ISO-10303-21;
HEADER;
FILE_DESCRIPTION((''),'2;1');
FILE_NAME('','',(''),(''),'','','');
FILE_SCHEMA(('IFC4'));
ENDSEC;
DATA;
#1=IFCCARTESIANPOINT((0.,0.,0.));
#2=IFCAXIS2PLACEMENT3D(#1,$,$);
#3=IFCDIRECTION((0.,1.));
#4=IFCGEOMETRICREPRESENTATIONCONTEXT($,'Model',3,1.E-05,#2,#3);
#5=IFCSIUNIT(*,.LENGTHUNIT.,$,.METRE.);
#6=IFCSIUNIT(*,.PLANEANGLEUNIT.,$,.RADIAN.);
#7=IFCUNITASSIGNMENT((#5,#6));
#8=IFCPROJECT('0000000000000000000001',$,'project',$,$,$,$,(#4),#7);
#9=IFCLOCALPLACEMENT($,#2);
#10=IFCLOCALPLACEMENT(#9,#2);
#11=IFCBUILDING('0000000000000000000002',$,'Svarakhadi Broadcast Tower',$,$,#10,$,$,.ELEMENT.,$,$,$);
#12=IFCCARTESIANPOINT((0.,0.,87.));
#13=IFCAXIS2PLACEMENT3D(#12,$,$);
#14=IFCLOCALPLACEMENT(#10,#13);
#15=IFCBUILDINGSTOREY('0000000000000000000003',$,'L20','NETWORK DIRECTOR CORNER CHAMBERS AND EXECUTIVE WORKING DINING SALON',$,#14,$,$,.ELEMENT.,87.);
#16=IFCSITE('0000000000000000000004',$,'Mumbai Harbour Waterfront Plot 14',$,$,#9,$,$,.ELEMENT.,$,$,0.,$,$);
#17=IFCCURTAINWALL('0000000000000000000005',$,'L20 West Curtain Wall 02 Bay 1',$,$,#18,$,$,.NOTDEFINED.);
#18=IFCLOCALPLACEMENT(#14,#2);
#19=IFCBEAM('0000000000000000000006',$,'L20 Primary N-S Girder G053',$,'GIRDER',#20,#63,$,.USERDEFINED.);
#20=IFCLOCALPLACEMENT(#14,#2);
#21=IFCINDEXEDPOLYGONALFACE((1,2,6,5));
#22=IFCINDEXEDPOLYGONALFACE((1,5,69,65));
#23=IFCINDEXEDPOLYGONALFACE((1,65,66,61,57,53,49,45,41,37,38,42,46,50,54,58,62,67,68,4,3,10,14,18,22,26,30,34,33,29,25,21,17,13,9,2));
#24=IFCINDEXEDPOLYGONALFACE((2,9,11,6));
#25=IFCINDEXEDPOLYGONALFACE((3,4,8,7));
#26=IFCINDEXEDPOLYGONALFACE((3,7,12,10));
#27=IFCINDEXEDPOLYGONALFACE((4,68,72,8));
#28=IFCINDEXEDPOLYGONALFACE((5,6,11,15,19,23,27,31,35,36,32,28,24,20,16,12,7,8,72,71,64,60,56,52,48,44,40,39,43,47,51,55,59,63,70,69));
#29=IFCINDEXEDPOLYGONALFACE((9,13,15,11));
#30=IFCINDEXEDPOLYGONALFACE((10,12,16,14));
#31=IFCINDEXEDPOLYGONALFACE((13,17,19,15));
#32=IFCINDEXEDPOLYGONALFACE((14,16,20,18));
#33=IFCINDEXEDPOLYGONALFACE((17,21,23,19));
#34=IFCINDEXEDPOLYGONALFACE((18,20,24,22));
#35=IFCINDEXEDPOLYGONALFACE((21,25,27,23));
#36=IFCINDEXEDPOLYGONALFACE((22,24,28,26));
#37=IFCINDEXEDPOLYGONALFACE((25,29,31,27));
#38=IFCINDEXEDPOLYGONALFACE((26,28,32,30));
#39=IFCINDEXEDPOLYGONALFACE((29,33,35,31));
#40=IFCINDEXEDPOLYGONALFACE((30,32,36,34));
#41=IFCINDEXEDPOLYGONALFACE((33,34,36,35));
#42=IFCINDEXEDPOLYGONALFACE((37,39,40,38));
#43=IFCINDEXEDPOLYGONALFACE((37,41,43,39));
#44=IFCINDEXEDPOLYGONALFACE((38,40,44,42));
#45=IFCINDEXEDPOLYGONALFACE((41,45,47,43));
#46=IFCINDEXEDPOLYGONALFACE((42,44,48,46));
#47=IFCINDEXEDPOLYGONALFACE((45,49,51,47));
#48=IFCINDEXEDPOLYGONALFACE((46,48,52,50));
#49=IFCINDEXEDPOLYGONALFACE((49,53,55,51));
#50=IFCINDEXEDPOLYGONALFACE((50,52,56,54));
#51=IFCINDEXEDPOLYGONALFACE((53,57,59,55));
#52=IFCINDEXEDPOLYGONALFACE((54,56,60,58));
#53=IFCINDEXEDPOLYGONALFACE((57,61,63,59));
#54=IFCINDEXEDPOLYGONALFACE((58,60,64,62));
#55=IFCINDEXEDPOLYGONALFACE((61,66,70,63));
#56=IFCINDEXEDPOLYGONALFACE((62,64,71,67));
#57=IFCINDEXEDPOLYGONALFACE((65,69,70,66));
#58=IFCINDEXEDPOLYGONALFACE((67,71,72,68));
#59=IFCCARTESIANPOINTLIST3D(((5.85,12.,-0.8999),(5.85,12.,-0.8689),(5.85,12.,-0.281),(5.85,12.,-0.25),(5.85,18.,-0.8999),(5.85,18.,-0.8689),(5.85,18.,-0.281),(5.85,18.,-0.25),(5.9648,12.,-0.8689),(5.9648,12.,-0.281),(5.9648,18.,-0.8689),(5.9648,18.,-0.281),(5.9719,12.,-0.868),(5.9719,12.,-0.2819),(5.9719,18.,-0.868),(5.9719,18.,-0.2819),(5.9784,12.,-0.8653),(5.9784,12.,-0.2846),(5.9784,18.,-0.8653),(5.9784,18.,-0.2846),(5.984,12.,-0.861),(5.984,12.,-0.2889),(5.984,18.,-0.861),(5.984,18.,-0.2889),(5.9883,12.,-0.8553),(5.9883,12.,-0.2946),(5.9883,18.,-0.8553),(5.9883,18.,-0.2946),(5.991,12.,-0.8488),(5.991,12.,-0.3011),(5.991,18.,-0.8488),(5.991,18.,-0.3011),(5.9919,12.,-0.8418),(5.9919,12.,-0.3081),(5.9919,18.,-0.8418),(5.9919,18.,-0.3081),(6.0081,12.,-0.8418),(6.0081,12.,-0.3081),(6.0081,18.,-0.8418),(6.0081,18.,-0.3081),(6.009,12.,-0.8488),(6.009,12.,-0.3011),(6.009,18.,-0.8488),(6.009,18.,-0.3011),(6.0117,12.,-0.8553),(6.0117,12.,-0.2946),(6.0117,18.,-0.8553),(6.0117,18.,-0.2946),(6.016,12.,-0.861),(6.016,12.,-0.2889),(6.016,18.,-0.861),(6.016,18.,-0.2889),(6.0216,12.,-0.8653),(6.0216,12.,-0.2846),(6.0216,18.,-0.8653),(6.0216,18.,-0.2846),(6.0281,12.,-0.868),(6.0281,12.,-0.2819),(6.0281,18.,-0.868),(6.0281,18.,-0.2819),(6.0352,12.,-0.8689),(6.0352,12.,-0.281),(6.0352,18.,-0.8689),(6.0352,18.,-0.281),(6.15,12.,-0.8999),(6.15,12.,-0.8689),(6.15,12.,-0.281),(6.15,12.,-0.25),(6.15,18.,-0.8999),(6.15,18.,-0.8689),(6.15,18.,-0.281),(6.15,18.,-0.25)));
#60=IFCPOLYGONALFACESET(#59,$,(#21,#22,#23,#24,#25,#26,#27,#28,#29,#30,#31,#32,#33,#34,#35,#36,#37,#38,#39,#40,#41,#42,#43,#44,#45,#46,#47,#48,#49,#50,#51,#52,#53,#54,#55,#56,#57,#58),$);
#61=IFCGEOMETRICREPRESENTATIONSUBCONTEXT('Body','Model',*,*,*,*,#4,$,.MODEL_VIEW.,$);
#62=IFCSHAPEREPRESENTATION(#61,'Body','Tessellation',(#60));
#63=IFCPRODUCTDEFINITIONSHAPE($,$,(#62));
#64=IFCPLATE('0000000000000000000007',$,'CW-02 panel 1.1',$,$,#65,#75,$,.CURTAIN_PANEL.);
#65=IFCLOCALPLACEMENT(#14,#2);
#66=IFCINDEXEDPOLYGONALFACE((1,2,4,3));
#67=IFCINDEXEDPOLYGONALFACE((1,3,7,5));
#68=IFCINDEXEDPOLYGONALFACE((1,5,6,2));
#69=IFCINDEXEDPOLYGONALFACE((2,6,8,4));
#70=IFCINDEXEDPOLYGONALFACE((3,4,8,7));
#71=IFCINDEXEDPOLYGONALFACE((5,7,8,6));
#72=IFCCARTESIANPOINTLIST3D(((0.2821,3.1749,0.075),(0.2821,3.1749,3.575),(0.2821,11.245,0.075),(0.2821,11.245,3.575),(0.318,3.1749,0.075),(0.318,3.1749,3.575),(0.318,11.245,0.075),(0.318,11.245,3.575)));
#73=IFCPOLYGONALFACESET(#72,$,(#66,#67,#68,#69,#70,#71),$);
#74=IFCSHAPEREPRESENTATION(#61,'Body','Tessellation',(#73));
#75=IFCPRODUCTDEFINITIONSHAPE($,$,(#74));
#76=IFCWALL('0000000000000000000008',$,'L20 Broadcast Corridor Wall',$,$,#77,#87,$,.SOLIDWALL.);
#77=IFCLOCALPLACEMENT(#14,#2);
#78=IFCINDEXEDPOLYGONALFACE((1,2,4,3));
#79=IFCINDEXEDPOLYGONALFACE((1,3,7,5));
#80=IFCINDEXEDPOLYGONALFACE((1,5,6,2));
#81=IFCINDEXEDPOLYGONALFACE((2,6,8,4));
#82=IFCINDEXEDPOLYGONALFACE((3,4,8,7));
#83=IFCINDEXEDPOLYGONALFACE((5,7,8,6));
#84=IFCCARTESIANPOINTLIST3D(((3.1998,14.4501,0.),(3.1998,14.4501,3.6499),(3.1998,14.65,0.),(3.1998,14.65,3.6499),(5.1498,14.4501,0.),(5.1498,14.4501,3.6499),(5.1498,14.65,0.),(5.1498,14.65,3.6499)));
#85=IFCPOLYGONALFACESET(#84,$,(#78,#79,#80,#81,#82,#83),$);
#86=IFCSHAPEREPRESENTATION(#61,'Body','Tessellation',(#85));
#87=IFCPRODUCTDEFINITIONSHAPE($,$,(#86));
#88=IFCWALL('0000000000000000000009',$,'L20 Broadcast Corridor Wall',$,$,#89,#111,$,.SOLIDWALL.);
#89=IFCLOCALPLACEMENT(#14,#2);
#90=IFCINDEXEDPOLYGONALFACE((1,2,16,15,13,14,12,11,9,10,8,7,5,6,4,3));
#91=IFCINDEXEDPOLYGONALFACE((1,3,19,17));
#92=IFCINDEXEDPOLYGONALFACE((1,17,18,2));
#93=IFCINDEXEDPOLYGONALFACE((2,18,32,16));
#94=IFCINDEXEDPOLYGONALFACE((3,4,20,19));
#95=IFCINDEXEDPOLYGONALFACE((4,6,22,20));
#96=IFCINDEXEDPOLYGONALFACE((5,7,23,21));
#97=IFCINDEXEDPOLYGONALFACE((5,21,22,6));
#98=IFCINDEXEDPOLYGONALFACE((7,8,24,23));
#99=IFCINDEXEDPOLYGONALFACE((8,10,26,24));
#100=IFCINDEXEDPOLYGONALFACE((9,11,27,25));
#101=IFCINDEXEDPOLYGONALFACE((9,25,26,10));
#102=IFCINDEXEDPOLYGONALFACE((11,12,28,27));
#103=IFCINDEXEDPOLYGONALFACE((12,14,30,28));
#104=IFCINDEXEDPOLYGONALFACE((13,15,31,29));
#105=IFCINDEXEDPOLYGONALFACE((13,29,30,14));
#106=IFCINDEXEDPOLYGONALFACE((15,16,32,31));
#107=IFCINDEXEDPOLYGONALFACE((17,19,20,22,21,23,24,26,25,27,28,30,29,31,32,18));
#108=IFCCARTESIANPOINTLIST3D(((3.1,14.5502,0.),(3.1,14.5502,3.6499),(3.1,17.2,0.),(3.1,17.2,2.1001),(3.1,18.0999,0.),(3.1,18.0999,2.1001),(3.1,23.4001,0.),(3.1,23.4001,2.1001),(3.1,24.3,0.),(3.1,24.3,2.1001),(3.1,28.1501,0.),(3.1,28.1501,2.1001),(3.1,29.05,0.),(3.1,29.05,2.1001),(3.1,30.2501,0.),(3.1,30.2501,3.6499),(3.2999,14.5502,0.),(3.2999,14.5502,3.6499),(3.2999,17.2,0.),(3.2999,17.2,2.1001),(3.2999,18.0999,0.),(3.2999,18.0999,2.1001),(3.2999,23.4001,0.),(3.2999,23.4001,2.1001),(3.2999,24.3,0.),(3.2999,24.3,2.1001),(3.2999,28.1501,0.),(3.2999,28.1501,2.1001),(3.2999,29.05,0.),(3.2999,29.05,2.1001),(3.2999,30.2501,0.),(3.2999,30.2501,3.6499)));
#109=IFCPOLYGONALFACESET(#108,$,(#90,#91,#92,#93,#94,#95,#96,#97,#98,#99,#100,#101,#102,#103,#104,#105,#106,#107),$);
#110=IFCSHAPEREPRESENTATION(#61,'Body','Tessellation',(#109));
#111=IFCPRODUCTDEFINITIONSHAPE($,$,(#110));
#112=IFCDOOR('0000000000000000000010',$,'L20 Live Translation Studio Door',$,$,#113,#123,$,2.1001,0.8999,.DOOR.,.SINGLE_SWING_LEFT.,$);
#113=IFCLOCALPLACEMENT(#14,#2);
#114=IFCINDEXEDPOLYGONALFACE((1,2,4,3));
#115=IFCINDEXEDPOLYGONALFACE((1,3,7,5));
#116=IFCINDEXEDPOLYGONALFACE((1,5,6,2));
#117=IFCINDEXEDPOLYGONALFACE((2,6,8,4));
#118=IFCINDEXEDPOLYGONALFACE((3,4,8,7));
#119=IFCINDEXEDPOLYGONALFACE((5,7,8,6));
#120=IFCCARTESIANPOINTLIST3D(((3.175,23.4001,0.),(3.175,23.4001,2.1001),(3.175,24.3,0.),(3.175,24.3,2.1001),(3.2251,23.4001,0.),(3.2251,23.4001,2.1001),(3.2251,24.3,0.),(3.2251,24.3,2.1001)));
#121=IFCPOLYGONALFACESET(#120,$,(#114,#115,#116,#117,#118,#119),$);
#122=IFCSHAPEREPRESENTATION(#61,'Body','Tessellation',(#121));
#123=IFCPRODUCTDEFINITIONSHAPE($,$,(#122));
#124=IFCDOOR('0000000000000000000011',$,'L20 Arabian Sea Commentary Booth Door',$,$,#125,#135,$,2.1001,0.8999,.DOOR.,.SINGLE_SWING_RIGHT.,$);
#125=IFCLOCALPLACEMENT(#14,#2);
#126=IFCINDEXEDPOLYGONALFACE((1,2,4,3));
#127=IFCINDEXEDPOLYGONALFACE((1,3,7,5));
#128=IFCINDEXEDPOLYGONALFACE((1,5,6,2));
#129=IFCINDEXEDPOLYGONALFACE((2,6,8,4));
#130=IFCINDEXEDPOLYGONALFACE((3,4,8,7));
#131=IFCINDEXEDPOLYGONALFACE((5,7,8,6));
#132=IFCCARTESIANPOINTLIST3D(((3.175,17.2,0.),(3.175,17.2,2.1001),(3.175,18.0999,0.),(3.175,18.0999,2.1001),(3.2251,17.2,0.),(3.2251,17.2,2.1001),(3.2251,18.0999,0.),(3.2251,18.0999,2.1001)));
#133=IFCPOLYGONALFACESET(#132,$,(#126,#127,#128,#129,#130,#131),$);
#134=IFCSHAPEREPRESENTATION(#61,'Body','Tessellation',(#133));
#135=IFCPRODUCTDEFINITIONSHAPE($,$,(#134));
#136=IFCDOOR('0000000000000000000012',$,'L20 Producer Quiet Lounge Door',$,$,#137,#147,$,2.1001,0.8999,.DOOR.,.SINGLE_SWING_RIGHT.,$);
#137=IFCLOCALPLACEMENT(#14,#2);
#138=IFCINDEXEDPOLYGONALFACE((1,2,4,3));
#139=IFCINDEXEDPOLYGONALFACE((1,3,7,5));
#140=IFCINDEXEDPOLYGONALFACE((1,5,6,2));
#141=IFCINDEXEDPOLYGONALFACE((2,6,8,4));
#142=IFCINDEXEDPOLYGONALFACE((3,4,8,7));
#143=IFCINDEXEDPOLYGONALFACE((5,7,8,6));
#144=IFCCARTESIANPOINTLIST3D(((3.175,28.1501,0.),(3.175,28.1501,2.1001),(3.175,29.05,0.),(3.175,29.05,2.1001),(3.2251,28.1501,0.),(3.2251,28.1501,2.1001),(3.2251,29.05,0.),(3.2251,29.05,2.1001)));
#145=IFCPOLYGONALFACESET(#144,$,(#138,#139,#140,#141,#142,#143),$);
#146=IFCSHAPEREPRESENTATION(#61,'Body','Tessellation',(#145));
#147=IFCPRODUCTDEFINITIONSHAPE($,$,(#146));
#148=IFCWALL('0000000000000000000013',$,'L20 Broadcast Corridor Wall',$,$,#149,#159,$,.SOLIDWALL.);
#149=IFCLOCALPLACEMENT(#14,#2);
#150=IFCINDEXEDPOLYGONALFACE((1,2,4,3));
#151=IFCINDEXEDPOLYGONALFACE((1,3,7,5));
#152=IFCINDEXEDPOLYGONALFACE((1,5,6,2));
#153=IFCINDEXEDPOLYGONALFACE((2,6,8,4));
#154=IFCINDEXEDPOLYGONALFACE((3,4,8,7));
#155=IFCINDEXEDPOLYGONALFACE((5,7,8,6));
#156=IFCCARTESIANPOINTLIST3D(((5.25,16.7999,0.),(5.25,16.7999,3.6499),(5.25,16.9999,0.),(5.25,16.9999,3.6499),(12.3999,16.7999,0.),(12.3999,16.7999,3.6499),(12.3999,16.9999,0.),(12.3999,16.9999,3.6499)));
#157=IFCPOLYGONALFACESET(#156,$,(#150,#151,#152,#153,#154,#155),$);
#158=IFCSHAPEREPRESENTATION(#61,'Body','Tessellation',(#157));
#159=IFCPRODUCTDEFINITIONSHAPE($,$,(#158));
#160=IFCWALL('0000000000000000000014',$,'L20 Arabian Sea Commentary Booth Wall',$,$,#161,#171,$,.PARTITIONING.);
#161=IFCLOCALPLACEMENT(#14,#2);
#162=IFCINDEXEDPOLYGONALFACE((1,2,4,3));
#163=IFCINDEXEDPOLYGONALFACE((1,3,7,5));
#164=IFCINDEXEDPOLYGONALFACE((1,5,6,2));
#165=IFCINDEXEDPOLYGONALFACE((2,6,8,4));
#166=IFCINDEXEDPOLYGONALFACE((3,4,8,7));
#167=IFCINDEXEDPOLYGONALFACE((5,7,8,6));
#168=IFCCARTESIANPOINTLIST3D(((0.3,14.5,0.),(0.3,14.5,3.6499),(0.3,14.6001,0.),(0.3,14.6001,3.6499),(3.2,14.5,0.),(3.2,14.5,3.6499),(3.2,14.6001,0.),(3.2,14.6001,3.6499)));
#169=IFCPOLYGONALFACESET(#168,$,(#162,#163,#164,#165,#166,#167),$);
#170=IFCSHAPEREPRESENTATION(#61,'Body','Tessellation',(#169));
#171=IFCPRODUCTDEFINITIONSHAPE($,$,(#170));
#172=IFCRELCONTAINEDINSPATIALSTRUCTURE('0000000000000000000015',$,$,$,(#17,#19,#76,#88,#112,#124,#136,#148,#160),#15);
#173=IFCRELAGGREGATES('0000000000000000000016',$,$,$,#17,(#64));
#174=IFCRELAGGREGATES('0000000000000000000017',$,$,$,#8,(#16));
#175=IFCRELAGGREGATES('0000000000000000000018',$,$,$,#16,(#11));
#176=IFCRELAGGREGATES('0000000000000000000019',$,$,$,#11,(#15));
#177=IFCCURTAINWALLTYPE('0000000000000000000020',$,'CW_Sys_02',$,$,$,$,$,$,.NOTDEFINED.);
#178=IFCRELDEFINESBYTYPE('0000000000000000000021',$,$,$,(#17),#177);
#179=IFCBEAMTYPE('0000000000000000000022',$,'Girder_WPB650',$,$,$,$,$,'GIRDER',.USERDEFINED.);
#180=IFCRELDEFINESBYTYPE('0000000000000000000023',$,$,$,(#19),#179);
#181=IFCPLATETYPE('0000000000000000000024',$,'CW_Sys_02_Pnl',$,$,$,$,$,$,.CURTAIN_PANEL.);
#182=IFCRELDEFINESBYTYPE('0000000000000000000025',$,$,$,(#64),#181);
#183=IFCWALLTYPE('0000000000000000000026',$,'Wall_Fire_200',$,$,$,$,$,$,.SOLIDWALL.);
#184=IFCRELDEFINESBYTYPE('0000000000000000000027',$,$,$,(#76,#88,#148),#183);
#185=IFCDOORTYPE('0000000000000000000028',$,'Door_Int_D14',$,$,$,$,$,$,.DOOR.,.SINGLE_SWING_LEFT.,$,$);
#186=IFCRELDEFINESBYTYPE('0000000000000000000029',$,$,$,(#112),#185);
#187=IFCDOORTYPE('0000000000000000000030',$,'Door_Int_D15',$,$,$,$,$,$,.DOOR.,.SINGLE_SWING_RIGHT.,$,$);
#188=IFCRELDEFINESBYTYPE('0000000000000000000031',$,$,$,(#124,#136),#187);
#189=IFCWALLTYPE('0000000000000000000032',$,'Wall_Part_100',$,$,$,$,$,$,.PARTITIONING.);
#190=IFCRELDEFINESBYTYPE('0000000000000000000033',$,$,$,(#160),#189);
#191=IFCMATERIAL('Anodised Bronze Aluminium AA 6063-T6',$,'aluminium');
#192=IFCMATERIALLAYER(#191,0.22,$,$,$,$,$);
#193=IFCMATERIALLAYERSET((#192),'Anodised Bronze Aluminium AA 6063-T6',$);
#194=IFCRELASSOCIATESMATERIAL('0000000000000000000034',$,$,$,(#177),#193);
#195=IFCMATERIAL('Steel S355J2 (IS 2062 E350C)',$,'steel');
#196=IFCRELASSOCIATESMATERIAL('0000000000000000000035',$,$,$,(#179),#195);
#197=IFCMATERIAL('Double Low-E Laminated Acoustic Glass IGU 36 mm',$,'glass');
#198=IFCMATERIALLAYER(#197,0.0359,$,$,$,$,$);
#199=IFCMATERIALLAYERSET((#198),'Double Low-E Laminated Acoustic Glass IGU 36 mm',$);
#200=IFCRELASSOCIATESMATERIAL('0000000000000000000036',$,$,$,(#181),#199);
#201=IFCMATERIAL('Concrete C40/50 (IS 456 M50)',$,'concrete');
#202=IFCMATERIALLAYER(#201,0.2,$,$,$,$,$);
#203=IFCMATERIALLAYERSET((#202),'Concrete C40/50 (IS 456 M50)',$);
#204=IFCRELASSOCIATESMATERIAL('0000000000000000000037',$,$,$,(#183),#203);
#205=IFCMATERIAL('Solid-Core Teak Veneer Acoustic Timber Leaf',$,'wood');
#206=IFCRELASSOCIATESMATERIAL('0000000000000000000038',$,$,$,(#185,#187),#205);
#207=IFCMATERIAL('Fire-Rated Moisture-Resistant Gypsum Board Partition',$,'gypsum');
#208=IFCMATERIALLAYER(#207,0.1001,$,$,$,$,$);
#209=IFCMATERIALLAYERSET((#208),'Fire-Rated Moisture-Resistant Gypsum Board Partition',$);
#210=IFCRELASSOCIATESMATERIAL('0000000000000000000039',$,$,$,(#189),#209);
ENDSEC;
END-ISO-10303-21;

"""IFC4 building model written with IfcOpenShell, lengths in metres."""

from ifc_helpers import new_model, si_unit, direction, frame, frame_2d, origin, origin_2d, place, context, subcontext, project, spatial, rectangle, i_section, extrude, material, layer, layer_set, material_profile, profile_set, type_object, element, fill, aggregate, save


model = new_model("IFC4")

# Units and contexts
model_context = context("Model", 3, precision=1e-05, world=origin(), true_north=direction((0.0, 1.0)))
body_context = subcontext(model_context, "Body", "Model", "MODEL_VIEW")
ifc_project = project(units=[si_unit("LENGTHUNIT", "METRE"), si_unit("PLANEANGLEUNIT", "RADIAN")], contexts=[model_context])

# Site, building, storey
site_placement = place(None, origin())
site = spatial("IfcSite", under=ifc_project, at=site_placement, Name="Mumbai Harbour Waterfront Plot 14", CompositionType="ELEMENT", RefElevation=0.0)
building_placement = place(site_placement, origin())
building = spatial("IfcBuilding", under=site, at=building_placement, Name="Svarakhadi Broadcast Tower", CompositionType="ELEMENT")
storey_placement = place(building_placement, frame((0.0, 0.0, 87.0)))
storey = spatial("IfcBuildingStorey", under=building, at=storey_placement, Name="L20", Description="NETWORK DIRECTOR CORNER CHAMBERS AND EXECUTIVE WORKING DINING SALON", CompositionType="ELEMENT", Elevation=87.0)

# Shared definitions
ifc_material_1 = material(Name="Steel S355J2 (IS 2062 E350C)", Category="steel")

# Curtain wall
ifc_material_2 = material(Name="Anodised Bronze Aluminium AA 6063-T6", Category="aluminium")
ifc_layer_1 = layer(ifc_material_2, 0.22)
ifc_layer_set_1 = layer_set([ifc_layer_1], Name="Anodised Bronze Aluminium AA 6063-T6")
curtain_wall_type = type_object("IfcCurtainWallType", Name="CW_Sys_02", PredefinedType="NOTDEFINED", material=ifc_layer_set_1)
curtain_wall_1_placement = place(storey_placement, origin())
curtain_wall_1 = element("IfcCurtainWall", 1, at=curtain_wall_1_placement, inside=storey, type_object=curtain_wall_type, Name="L20 West Curtain Wall 02 Bay 1", PredefinedType="NOTDEFINED")

# Beam
ifc_material_profile_1 = material_profile(ifc_material_1, i_section(OverallWidth=0.3, OverallDepth=0.6499, WebThickness=0.0161, FlangeThickness=0.031, FilletRadius=0.0271, at=origin_2d()), Name="WPB 650x300x225")
ifc_profile_set_1 = profile_set([ifc_material_profile_1], Name="Steel S355J2 (IS 2062 E350C)")
beam_type_1 = type_object("IfcBeamType", Name="Girder_WPB650", ElementType="GIRDER", PredefinedType="USERDEFINED", material=ifc_profile_set_1)
for number, where, z_axis, x_axis, name in (
    (2, (6.0, 12.0, -0.575), (0.0, 1.0, 0.0), (-1.0, 0.0, 0.0), "L20 Primary N-S Girder G053"),
):
    element("IfcBeam", number, at=place(storey_placement, frame(where, z_axis=z_axis, x_axis=x_axis)), inside=storey, type_object=beam_type_1, Name=name, ObjectType="GIRDER", PredefinedType="USERDEFINED", context=body_context, shape_type="SweptSolid", body=[
        extrude(i_section(OverallWidth=0.3, OverallDepth=0.6499, WebThickness=0.0161, FlangeThickness=0.031, FilletRadius=0.0271, at=origin_2d()), origin(), (0.0, 0.0, 1.0), 6.0),
    ])

# Plate
ifc_material_3 = material(Name="Double Low-E Laminated Acoustic Glass IGU 36 mm", Category="glass")
ifc_layer_2 = layer(ifc_material_3, 0.0359)
ifc_layer_set_2 = layer_set([ifc_layer_2], Name="Double Low-E Laminated Acoustic Glass IGU 36 mm")
plate_type = type_object("IfcPlateType", Name="CW_Sys_02_Pnl", PredefinedType="CURTAIN_PANEL", material=ifc_layer_set_2)
plate_placement = place(storey_placement, frame((0.3, 7.21, 0.075), z_axis=(0.0, 0.0, 1.0), x_axis=(0.0, 1.0, 0.0)))
plate = element("IfcPlate", 3, at=plate_placement, type_object=plate_type, Name="CW-02 panel 1.1", PredefinedType="CURTAIN_PANEL", context=body_context, shape_type="SweptSolid", body=[
    extrude(rectangle(XDim=8.0701, YDim=0.0359, at=origin_2d()), origin(), (0.0, 0.0, 1.0), 3.5),
])
aggregate(curtain_wall_1, [plate])

# Wall
ifc_material_4 = material(Name="Concrete C40/50 (IS 456 M50)", Category="concrete")
ifc_layer_3 = layer(ifc_material_4, 0.2)
ifc_layer_set_3 = layer_set([ifc_layer_3], Name="Concrete C40/50 (IS 456 M50)")
wall_type_1 = type_object("IfcWallType", Name="Wall_Fire_200", PredefinedType="SOLIDWALL", material=ifc_layer_set_3)
wall_1_placement = place(storey_placement, frame((5.1499, 14.55, 0.0), z_axis=(0.0, 0.0, 1.0), x_axis=(-1.0, 0.0, 0.0)))
element("IfcWall", 4, at=wall_1_placement, inside=storey, type_object=wall_type_1, Name="L20 Broadcast Corridor Wall", PredefinedType="SOLIDWALL", context=body_context, shape_type="SweptSolid", body=[
    extrude(rectangle(XDim=1.95, YDim=0.2, at=frame_2d((0.9751, 0.0))), origin(), (0.0, 0.0, 1.0), 3.6499),
])

# Wall, openings, doors
wall_2_placement = place(storey_placement, frame((3.2, 14.55, 0.0), z_axis=(0.0, 0.0, 1.0), x_axis=(0.0, 1.0, 0.0)))
wall_2 = element("IfcWall", 5, at=wall_2_placement, inside=storey, type_object=wall_type_1, Name="L20 Broadcast Corridor Wall", PredefinedType="SOLIDWALL", context=body_context, shape_type="SweptSolid", body=[
    extrude(rectangle(XDim=15.7, YDim=0.2, at=frame_2d((7.8501, 0.0))), origin(), (0.0, 0.0, 1.0), 3.6499),
])
opening_1_placement = place(wall_2_placement, frame((2.6499, 0.0, 0.0)))
opening_1 = element("IfcOpeningElement", 6, at=opening_1_placement, cuts=wall_2, PredefinedType="OPENING", context=body_context, shape_type="SweptSolid", body=[
    extrude(rectangle(XDim=0.8999, YDim=2.1001, at=frame_2d((0.45, 1.05))), frame((0.0, 0.1099, 0.0), z_axis=(0.0, -1.0, 0.0), x_axis=(1.0, 0.0, 0.0)), (0.0, 0.0, 1.0), 0.22),
])
opening_2_placement = place(wall_2_placement, frame((8.8501, 0.0, 0.0)))
opening_2 = element("IfcOpeningElement", 7, at=opening_2_placement, cuts=wall_2, PredefinedType="OPENING", context=body_context, shape_type="SweptSolid", body=[
    extrude(rectangle(XDim=0.8999, YDim=2.1001, at=frame_2d((0.45, 1.05))), frame((0.0, 0.1099, 0.0), z_axis=(0.0, -1.0, 0.0), x_axis=(1.0, 0.0, 0.0)), (0.0, 0.0, 1.0), 0.22),
])
opening_3_placement = place(wall_2_placement, frame((13.6001, 0.0, 0.0)))
opening_3 = element("IfcOpeningElement", 8, at=opening_3_placement, cuts=wall_2, PredefinedType="OPENING", context=body_context, shape_type="SweptSolid", body=[
    extrude(rectangle(XDim=0.8999, YDim=2.1001, at=frame_2d((0.45, 1.05))), frame((0.0, 0.1099, 0.0), z_axis=(0.0, -1.0, 0.0), x_axis=(1.0, 0.0, 0.0)), (0.0, 0.0, 1.0), 0.22),
])
ifc_material_5 = material(Name="Solid-Core Teak Veneer Acoustic Timber Leaf", Category="wood")
door_type_1 = type_object("IfcDoorType", Name="Door_Int_D14", OperationType="SINGLE_SWING_LEFT", PredefinedType="DOOR", material=ifc_material_5)
door_1_placement = place(opening_2_placement, origin())
door_1 = element("IfcDoor", 9, at=door_1_placement, inside=storey, type_object=door_type_1, Name="L20 Live Translation Studio Door", OperationType="SINGLE_SWING_LEFT", OverallHeight=2.1001, OverallWidth=0.8999, PredefinedType="DOOR", context=body_context, shape_type="SweptSolid", body=[
    extrude(rectangle(XDim=0.8999, YDim=2.1001, at=frame_2d((0.45, 1.05))), frame((0.0, 0.0249, 0.0), z_axis=(0.0, -1.0, 0.0), x_axis=(1.0, 0.0, 0.0)), (0.0, 0.0, 1.0), 0.05),
])
fill(opening_2, door_1)
door_type_2 = type_object("IfcDoorType", Name="Door_Int_D15", OperationType="SINGLE_SWING_RIGHT", PredefinedType="DOOR", material=ifc_material_5)
door_2_placement = place(opening_1_placement, origin())
door_2 = element("IfcDoor", 10, at=door_2_placement, inside=storey, type_object=door_type_2, Name="L20 Arabian Sea Commentary Booth Door", OperationType="SINGLE_SWING_RIGHT", OverallHeight=2.1001, OverallWidth=0.8999, PredefinedType="DOOR", context=body_context, shape_type="SweptSolid", body=[
    extrude(rectangle(XDim=0.8999, YDim=2.1001, at=frame_2d((0.45, 1.05))), frame((0.0, 0.0249, 0.0), z_axis=(0.0, -1.0, 0.0), x_axis=(1.0, 0.0, 0.0)), (0.0, 0.0, 1.0), 0.05),
])
fill(opening_1, door_2)
door_3_placement = place(opening_3_placement, origin())
door_3 = element("IfcDoor", 11, at=door_3_placement, inside=storey, type_object=door_type_2, Name="L20 Producer Quiet Lounge Door", OperationType="SINGLE_SWING_RIGHT", OverallHeight=2.1001, OverallWidth=0.8999, PredefinedType="DOOR", context=body_context, shape_type="SweptSolid", body=[
    extrude(rectangle(XDim=0.8999, YDim=2.1001, at=frame_2d((0.45, 1.05))), frame((0.0, 0.0249, 0.0), z_axis=(0.0, -1.0, 0.0), x_axis=(1.0, 0.0, 0.0)), (0.0, 0.0, 1.0), 0.05),
])
fill(opening_3, door_3)

# Walls
wall_3_placement = place(storey_placement, frame((5.25, 16.8999, 0.0), z_axis=(0.0, 0.0, 1.0), x_axis=(1.0, 0.0, 0.0)))
element("IfcWall", 12, at=wall_3_placement, inside=storey, type_object=wall_type_1, Name="L20 Broadcast Corridor Wall", PredefinedType="SOLIDWALL", context=body_context, shape_type="SweptSolid", body=[
    extrude(rectangle(XDim=7.1499, YDim=0.2, at=frame_2d((3.575, 0.0))), origin(), (0.0, 0.0, 1.0), 3.6499),
])
ifc_material_6 = material(Name="Fire-Rated Moisture-Resistant Gypsum Board Partition", Category="gypsum")
ifc_layer_4 = layer(ifc_material_6, 0.1001)
ifc_layer_set_4 = layer_set([ifc_layer_4], Name="Fire-Rated Moisture-Resistant Gypsum Board Partition")
wall_type_2 = type_object("IfcWallType", Name="Wall_Part_100", PredefinedType="PARTITIONING", material=ifc_layer_set_4)
wall_4_placement = place(storey_placement, frame((0.3, 14.55, 0.0), z_axis=(0.0, 0.0, 1.0), x_axis=(1.0, 0.0, 0.0)))
element("IfcWall", 13, at=wall_4_placement, inside=storey, type_object=wall_type_2, Name="L20 Arabian Sea Commentary Booth Wall", PredefinedType="PARTITIONING", context=body_context, shape_type="SweptSolid", body=[
    extrude(rectangle(XDim=2.8999, YDim=0.1001, at=frame_2d((1.45, 0.0))), origin(), (0.0, 0.0, 1.0), 3.6499),
])

save(model, "model.ifc")
